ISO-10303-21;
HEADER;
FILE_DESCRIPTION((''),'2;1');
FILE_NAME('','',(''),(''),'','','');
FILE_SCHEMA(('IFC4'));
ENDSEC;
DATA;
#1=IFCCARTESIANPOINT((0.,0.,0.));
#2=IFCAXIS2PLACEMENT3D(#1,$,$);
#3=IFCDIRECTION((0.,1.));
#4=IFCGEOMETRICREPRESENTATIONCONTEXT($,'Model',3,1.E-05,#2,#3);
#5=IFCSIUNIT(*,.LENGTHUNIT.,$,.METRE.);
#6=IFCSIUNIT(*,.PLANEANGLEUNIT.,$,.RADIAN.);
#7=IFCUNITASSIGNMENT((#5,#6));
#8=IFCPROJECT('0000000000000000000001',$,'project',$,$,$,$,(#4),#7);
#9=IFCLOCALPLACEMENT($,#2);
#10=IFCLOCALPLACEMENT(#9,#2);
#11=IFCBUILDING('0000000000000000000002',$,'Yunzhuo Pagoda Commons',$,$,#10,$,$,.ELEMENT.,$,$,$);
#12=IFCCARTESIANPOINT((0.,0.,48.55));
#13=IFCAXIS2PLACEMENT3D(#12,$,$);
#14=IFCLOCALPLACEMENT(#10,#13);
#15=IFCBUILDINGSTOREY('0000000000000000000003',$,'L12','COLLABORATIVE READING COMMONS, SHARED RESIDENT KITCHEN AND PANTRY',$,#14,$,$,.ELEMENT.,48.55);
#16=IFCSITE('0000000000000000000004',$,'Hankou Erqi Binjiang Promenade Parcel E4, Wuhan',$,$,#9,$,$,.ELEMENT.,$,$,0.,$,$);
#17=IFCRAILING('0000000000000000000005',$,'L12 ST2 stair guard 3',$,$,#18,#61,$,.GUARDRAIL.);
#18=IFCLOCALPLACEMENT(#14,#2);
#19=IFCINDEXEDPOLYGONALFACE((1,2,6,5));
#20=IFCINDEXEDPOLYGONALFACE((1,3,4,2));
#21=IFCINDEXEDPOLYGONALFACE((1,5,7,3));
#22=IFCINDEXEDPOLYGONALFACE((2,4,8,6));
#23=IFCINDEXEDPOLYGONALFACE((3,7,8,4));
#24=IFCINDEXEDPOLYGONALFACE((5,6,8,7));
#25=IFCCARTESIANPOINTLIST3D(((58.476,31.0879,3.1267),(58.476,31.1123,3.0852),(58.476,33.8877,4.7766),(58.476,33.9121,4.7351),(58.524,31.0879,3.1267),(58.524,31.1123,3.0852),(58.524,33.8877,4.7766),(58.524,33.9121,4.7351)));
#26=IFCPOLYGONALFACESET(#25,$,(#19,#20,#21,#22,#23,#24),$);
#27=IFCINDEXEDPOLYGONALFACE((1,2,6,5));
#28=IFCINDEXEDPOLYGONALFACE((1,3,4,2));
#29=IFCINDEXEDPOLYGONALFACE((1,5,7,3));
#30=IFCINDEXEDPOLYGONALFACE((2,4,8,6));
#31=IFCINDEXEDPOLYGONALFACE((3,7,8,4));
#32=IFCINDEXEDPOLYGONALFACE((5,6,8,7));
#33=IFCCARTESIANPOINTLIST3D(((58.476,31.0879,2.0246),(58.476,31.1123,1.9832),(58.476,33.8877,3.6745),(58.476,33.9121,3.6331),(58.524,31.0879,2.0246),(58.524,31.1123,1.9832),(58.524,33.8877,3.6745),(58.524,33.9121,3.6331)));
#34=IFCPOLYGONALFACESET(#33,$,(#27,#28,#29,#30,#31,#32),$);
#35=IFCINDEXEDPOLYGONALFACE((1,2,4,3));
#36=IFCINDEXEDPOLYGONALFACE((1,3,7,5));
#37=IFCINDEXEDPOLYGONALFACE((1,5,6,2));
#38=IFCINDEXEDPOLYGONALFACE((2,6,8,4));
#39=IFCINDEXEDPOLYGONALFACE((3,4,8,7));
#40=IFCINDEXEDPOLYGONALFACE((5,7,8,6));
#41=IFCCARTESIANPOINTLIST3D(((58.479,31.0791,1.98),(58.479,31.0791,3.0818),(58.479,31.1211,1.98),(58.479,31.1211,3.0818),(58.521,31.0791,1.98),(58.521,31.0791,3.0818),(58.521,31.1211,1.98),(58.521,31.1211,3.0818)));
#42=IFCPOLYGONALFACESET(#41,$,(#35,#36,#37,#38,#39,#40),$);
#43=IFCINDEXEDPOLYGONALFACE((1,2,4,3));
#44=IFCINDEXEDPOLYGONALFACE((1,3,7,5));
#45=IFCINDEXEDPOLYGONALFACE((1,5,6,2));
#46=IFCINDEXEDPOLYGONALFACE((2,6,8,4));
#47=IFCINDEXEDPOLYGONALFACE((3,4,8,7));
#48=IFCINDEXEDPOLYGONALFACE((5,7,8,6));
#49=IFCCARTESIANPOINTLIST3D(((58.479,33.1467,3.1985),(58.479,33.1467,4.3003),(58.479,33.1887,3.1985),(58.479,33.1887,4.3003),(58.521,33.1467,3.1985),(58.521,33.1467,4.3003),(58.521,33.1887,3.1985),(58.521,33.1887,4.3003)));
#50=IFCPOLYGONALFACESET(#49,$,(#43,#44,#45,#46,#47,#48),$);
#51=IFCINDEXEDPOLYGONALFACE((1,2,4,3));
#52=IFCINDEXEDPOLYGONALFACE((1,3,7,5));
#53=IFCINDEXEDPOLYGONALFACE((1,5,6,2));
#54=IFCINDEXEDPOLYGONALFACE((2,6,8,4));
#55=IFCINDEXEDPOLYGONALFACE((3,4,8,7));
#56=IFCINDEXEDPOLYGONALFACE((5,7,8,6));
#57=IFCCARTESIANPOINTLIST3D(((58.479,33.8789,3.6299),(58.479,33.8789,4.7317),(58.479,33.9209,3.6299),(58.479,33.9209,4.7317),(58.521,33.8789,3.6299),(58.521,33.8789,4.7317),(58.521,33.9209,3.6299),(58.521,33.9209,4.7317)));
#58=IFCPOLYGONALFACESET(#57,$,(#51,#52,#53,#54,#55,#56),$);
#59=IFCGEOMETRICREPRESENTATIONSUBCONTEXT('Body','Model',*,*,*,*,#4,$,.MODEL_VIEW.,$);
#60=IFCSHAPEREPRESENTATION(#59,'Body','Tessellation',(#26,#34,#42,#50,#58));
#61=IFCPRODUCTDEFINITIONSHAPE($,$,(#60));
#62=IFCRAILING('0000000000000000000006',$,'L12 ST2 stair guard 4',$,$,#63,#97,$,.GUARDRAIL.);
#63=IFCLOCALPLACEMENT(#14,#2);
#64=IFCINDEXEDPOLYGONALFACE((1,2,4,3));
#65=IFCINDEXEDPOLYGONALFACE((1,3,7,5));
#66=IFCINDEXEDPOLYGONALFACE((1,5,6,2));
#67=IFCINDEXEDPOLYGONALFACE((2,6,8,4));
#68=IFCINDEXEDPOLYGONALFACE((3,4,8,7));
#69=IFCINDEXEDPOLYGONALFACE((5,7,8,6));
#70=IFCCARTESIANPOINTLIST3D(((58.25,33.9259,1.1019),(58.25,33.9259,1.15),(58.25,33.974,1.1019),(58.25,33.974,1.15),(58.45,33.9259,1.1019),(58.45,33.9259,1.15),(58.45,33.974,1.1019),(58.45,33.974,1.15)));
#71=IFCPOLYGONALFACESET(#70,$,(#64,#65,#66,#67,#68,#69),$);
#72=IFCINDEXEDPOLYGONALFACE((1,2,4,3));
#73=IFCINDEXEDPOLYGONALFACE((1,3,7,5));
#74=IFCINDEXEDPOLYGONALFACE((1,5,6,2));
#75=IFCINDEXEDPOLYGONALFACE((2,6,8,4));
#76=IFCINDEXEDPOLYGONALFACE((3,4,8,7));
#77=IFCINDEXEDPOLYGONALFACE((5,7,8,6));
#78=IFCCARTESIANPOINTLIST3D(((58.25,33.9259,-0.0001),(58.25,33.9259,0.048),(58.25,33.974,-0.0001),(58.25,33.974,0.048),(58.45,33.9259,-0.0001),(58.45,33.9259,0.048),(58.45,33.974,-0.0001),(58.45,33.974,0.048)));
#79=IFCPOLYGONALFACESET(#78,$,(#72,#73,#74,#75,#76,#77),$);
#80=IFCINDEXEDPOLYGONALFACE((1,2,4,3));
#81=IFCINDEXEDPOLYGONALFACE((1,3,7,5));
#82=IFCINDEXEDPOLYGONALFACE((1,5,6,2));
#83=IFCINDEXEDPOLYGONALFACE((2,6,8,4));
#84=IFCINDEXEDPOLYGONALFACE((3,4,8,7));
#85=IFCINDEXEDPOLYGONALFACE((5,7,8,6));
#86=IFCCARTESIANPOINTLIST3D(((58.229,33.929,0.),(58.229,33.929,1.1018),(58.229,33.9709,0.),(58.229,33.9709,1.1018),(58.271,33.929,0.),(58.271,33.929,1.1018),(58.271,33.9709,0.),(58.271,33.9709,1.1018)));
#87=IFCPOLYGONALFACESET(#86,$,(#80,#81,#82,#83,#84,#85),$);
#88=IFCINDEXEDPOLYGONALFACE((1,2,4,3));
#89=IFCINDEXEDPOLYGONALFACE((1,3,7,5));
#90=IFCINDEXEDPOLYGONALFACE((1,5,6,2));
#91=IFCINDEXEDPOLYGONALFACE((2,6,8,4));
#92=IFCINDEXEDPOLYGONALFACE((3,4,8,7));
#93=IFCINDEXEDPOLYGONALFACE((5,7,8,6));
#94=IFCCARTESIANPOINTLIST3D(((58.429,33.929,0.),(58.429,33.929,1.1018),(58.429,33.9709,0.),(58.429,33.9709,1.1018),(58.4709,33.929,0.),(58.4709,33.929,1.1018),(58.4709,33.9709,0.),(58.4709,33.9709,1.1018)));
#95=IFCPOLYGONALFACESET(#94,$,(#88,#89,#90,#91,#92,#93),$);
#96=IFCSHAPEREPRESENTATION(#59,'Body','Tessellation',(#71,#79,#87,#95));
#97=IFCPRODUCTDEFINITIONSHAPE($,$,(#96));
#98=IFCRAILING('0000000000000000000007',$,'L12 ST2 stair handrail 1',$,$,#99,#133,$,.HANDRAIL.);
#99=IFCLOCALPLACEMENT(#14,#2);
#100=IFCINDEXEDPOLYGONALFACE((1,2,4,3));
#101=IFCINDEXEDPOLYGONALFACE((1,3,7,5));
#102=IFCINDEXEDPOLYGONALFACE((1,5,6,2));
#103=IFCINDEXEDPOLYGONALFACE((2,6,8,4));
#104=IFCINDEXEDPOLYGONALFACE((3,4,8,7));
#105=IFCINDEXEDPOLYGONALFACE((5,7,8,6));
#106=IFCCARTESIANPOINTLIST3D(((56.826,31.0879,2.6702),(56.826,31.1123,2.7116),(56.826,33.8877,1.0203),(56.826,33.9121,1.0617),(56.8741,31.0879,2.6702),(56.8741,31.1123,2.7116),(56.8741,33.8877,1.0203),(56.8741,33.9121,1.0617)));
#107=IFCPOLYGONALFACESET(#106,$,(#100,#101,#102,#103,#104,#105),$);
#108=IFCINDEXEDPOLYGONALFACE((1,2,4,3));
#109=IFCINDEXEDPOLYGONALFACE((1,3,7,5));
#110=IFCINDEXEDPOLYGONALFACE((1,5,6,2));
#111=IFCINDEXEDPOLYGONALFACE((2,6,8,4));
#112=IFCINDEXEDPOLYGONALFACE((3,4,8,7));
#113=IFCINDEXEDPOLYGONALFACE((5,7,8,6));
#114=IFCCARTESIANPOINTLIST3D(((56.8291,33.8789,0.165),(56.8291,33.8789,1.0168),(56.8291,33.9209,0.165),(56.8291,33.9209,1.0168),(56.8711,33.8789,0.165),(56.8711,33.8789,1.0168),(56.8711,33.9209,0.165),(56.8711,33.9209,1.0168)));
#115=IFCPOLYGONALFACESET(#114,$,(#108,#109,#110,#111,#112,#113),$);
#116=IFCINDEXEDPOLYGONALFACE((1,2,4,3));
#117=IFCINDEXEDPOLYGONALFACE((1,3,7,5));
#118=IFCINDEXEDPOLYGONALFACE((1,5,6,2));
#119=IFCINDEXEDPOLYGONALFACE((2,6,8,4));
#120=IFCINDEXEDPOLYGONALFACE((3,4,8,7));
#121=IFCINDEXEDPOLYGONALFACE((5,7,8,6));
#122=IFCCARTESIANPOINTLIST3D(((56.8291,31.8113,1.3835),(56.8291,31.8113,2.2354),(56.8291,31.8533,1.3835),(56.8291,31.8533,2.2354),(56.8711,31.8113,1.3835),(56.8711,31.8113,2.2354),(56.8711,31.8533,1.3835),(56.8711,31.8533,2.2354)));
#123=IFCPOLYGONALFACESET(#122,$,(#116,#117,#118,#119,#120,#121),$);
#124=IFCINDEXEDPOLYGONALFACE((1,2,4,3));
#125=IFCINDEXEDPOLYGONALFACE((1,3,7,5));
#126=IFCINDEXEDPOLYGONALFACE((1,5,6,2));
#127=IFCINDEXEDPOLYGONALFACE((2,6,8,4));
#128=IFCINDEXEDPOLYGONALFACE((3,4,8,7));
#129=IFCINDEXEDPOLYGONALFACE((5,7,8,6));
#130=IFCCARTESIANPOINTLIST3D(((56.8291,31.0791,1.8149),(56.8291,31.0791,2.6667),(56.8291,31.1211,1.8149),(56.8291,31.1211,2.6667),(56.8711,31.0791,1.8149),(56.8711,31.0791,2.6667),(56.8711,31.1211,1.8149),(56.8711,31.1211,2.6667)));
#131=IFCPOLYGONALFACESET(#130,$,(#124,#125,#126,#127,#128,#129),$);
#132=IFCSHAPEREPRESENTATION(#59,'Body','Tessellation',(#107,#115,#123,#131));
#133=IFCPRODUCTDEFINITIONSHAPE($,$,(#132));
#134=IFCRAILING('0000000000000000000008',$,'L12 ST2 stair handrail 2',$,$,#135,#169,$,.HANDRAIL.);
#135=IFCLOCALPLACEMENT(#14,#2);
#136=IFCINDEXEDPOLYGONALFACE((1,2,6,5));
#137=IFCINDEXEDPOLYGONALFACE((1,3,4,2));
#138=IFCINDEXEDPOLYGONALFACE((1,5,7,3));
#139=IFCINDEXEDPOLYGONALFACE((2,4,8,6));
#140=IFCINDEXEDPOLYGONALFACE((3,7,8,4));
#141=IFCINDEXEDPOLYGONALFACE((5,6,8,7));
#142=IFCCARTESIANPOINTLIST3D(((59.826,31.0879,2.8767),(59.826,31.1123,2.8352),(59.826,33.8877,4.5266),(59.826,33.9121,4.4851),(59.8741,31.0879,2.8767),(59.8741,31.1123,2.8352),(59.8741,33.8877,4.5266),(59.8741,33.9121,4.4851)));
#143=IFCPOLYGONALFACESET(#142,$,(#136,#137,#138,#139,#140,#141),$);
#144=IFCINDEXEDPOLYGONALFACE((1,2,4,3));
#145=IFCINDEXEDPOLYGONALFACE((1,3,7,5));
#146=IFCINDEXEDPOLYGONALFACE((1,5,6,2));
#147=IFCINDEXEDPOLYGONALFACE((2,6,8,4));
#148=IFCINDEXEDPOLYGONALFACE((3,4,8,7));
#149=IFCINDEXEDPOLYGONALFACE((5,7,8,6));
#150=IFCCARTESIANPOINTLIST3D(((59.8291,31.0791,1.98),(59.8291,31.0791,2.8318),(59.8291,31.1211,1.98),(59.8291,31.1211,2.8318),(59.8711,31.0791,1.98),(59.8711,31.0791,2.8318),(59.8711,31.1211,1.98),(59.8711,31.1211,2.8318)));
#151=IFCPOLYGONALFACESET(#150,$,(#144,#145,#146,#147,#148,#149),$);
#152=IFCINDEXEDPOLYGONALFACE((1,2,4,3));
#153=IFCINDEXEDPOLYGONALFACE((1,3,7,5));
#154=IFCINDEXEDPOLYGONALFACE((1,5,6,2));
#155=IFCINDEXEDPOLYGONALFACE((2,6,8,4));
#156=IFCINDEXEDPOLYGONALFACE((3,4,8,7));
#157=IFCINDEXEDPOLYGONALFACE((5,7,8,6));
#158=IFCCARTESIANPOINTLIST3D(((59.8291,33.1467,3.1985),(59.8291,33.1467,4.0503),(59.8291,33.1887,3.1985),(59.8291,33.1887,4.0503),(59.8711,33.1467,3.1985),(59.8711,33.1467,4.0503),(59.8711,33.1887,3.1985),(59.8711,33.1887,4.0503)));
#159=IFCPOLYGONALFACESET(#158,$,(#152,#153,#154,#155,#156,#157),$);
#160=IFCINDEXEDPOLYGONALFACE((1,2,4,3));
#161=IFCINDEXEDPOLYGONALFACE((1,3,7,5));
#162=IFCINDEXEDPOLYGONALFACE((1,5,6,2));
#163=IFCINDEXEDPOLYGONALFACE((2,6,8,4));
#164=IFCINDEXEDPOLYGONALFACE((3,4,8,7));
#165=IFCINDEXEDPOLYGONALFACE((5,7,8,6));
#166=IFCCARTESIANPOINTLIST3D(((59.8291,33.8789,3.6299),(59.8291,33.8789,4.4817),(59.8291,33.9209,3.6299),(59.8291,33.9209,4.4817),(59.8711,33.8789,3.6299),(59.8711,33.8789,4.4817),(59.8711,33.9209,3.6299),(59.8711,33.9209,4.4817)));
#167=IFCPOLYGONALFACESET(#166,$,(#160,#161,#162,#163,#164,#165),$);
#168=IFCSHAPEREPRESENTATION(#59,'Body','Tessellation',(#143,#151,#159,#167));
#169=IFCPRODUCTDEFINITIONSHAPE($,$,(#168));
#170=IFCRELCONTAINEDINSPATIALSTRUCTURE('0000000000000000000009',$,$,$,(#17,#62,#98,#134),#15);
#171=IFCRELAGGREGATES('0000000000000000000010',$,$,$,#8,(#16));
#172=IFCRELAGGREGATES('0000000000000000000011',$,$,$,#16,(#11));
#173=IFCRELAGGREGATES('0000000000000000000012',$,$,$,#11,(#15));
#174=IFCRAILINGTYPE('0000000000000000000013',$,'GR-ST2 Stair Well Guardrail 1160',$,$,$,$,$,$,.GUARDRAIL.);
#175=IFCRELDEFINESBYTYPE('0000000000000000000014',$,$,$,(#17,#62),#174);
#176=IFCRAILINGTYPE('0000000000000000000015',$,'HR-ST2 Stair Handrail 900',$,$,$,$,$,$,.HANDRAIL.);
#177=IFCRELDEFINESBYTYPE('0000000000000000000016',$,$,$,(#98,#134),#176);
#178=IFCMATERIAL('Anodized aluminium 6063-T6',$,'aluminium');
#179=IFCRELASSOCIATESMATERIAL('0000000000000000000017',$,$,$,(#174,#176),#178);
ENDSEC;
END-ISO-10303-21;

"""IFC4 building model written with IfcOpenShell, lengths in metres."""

from ifc_helpers import new_model, si_unit, direction, frame, origin, origin_2d, place, context, subcontext, project, spatial, rectangle, extrude, material, type_object, element, save


model = new_model("IFC4")

# Units and contexts
model_context = context("Model", 3, precision=1e-05, world=origin(), true_north=direction((0.0, 1.0)))
body_context = subcontext(model_context, "Body", "Model", "MODEL_VIEW")
ifc_project = project(units=[si_unit("LENGTHUNIT", "METRE"), si_unit("PLANEANGLEUNIT", "RADIAN")], contexts=[model_context])

# Site, building, storey
site_placement = place(None, origin())
site = spatial("IfcSite", under=ifc_project, at=site_placement, Name="Hankou Erqi Binjiang Promenade Parcel E4, Wuhan", CompositionType="ELEMENT", RefElevation=0.0)
building_placement = place(site_placement, origin())
building = spatial("IfcBuilding", under=site, at=building_placement, Name="Yunzhuo Pagoda Commons", CompositionType="ELEMENT")
storey_placement = place(building_placement, frame((0.0, 0.0, 48.55)))
storey = spatial("IfcBuildingStorey", under=building, at=storey_placement, Name="L12", Description="COLLABORATIVE READING COMMONS, SHARED RESIDENT KITCHEN AND PANTRY", CompositionType="ELEMENT", Elevation=48.55)

# Railings
ifc_material_1 = material(Name="Anodized aluminium 6063-T6", Category="aluminium")
railing_type_1 = type_object("IfcRailingType", Name="GR-ST2 Stair Well Guardrail 1160", PredefinedType="GUARDRAIL", material=ifc_material_1)
railing_1_placement = place(storey_placement, frame((58.5, 31.1001, 1.98)))
element("IfcRailing", 1, at=railing_1_placement, inside=storey, type_object=railing_type_1, Name="L12 ST2 stair guard 3", PredefinedType="GUARDRAIL", context=body_context, shape_type="SweptSolid", body=[
    extrude(rectangle(XDim=0.0481, YDim=0.0481, at=origin_2d()), frame((0.0, 0.0, 1.126), z_axis=(0.0, 0.861536, 0.507696), x_axis=(-1.0, 0.0, 0.0)), (0.0, 0.0, 1.0), 3.2498),
    extrude(rectangle(XDim=0.0481, YDim=0.0481, at=origin_2d()), frame((0.0, 0.0, 0.0239), z_axis=(0.0, 0.861536, 0.507696), x_axis=(-1.0, 0.0, 0.0)), (0.0, 0.0, 1.0), 3.2498),
    extrude(rectangle(XDim=0.042, YDim=0.042, at=origin_2d()), origin(), (0.0, 0.0, 1.0), 1.1018),
    extrude(rectangle(XDim=0.042, YDim=0.042, at=origin_2d()), frame((0.0, 2.0676, 1.2185)), (0.0, 0.0, 1.0), 1.1018),
    extrude(rectangle(XDim=0.042, YDim=0.042, at=origin_2d()), frame((0.0, 2.7998, 1.6499)), (0.0, 0.0, 1.0), 1.1018),
])
railing_2_placement = place(storey_placement, frame((58.25, 33.95, 0.0)))
element("IfcRailing", 2, at=railing_2_placement, inside=storey, type_object=railing_type_1, Name="L12 ST2 stair guard 4", PredefinedType="GUARDRAIL", context=body_context, shape_type="SweptSolid", body=[
    extrude(rectangle(XDim=0.0481, YDim=0.0481, at=origin_2d()), frame((0.0, 0.0, 1.126), z_axis=(1.0, 0.0, 0.0), x_axis=(0.0, 1.0, 0.0)), (0.0, 0.0, 1.0), 0.2),
    extrude(rectangle(XDim=0.0481, YDim=0.0481, at=origin_2d()), frame((0.0, 0.0, 0.0239), z_axis=(1.0, 0.0, 0.0), x_axis=(0.0, 1.0, 0.0)), (0.0, 0.0, 1.0), 0.2),
    extrude(rectangle(XDim=0.042, YDim=0.042, at=origin_2d()), origin(), (0.0, 0.0, 1.0), 1.1018),
    extrude(rectangle(XDim=0.042, YDim=0.042, at=origin_2d()), frame((0.2, 0.0, 0.0)), (0.0, 0.0, 1.0), 1.1018),
])
railing_type_2 = type_object("IfcRailingType", Name="HR-ST2 Stair Handrail 900", PredefinedType="HANDRAIL", material=ifc_material_1)
railing_3_placement = place(storey_placement, frame((56.8501, 33.8999, 0.165)))
element("IfcRailing", 3, at=railing_3_placement, inside=storey, type_object=railing_type_2, Name="L12 ST2 stair handrail 1", PredefinedType="HANDRAIL", context=body_context, shape_type="SweptSolid", body=[
    extrude(rectangle(XDim=0.0481, YDim=0.0481, at=origin_2d()), frame((0.0, 0.0, 0.876), z_axis=(0.0, -0.861536, 0.507696), x_axis=(1.0, 0.0, 0.0)), (0.0, 0.0, 1.0), 3.2498),
    extrude(rectangle(XDim=0.042, YDim=0.042, at=origin_2d()), origin(), (0.0, 0.0, 1.0), 0.8518),
    extrude(rectangle(XDim=0.042, YDim=0.042, at=origin_2d()), frame((0.0, -2.0676, 1.2185)), (0.0, 0.0, 1.0), 0.8518),
    extrude(rectangle(XDim=0.042, YDim=0.042, at=origin_2d()), frame((0.0, -2.7998, 1.6499)), (0.0, 0.0, 1.0), 0.8518),
])
railing_4_placement = place(storey_placement, frame((59.8501, 31.1001, 1.98)))
element("IfcRailing", 4, at=railing_4_placement, inside=storey, type_object=railing_type_2, Name="L12 ST2 stair handrail 2", PredefinedType="HANDRAIL", context=body_context, shape_type="SweptSolid", body=[
    extrude(rectangle(XDim=0.0481, YDim=0.0481, at=origin_2d()), frame((0.0, 0.0, 0.876), z_axis=(0.0, 0.861536, 0.507696), x_axis=(-1.0, 0.0, 0.0)), (0.0, 0.0, 1.0), 3.2498),
    extrude(rectangle(XDim=0.042, YDim=0.042, at=origin_2d()), origin(), (0.0, 0.0, 1.0), 0.8518),
    extrude(rectangle(XDim=0.042, YDim=0.042, at=origin_2d()), frame((0.0, 2.0676, 1.2185)), (0.0, 0.0, 1.0), 0.8518),
    extrude(rectangle(XDim=0.042, YDim=0.042, at=origin_2d()), frame((0.0, 2.7998, 1.6499)), (0.0, 0.0, 1.0), 0.8518),
])

save(model, "model.ifc")
